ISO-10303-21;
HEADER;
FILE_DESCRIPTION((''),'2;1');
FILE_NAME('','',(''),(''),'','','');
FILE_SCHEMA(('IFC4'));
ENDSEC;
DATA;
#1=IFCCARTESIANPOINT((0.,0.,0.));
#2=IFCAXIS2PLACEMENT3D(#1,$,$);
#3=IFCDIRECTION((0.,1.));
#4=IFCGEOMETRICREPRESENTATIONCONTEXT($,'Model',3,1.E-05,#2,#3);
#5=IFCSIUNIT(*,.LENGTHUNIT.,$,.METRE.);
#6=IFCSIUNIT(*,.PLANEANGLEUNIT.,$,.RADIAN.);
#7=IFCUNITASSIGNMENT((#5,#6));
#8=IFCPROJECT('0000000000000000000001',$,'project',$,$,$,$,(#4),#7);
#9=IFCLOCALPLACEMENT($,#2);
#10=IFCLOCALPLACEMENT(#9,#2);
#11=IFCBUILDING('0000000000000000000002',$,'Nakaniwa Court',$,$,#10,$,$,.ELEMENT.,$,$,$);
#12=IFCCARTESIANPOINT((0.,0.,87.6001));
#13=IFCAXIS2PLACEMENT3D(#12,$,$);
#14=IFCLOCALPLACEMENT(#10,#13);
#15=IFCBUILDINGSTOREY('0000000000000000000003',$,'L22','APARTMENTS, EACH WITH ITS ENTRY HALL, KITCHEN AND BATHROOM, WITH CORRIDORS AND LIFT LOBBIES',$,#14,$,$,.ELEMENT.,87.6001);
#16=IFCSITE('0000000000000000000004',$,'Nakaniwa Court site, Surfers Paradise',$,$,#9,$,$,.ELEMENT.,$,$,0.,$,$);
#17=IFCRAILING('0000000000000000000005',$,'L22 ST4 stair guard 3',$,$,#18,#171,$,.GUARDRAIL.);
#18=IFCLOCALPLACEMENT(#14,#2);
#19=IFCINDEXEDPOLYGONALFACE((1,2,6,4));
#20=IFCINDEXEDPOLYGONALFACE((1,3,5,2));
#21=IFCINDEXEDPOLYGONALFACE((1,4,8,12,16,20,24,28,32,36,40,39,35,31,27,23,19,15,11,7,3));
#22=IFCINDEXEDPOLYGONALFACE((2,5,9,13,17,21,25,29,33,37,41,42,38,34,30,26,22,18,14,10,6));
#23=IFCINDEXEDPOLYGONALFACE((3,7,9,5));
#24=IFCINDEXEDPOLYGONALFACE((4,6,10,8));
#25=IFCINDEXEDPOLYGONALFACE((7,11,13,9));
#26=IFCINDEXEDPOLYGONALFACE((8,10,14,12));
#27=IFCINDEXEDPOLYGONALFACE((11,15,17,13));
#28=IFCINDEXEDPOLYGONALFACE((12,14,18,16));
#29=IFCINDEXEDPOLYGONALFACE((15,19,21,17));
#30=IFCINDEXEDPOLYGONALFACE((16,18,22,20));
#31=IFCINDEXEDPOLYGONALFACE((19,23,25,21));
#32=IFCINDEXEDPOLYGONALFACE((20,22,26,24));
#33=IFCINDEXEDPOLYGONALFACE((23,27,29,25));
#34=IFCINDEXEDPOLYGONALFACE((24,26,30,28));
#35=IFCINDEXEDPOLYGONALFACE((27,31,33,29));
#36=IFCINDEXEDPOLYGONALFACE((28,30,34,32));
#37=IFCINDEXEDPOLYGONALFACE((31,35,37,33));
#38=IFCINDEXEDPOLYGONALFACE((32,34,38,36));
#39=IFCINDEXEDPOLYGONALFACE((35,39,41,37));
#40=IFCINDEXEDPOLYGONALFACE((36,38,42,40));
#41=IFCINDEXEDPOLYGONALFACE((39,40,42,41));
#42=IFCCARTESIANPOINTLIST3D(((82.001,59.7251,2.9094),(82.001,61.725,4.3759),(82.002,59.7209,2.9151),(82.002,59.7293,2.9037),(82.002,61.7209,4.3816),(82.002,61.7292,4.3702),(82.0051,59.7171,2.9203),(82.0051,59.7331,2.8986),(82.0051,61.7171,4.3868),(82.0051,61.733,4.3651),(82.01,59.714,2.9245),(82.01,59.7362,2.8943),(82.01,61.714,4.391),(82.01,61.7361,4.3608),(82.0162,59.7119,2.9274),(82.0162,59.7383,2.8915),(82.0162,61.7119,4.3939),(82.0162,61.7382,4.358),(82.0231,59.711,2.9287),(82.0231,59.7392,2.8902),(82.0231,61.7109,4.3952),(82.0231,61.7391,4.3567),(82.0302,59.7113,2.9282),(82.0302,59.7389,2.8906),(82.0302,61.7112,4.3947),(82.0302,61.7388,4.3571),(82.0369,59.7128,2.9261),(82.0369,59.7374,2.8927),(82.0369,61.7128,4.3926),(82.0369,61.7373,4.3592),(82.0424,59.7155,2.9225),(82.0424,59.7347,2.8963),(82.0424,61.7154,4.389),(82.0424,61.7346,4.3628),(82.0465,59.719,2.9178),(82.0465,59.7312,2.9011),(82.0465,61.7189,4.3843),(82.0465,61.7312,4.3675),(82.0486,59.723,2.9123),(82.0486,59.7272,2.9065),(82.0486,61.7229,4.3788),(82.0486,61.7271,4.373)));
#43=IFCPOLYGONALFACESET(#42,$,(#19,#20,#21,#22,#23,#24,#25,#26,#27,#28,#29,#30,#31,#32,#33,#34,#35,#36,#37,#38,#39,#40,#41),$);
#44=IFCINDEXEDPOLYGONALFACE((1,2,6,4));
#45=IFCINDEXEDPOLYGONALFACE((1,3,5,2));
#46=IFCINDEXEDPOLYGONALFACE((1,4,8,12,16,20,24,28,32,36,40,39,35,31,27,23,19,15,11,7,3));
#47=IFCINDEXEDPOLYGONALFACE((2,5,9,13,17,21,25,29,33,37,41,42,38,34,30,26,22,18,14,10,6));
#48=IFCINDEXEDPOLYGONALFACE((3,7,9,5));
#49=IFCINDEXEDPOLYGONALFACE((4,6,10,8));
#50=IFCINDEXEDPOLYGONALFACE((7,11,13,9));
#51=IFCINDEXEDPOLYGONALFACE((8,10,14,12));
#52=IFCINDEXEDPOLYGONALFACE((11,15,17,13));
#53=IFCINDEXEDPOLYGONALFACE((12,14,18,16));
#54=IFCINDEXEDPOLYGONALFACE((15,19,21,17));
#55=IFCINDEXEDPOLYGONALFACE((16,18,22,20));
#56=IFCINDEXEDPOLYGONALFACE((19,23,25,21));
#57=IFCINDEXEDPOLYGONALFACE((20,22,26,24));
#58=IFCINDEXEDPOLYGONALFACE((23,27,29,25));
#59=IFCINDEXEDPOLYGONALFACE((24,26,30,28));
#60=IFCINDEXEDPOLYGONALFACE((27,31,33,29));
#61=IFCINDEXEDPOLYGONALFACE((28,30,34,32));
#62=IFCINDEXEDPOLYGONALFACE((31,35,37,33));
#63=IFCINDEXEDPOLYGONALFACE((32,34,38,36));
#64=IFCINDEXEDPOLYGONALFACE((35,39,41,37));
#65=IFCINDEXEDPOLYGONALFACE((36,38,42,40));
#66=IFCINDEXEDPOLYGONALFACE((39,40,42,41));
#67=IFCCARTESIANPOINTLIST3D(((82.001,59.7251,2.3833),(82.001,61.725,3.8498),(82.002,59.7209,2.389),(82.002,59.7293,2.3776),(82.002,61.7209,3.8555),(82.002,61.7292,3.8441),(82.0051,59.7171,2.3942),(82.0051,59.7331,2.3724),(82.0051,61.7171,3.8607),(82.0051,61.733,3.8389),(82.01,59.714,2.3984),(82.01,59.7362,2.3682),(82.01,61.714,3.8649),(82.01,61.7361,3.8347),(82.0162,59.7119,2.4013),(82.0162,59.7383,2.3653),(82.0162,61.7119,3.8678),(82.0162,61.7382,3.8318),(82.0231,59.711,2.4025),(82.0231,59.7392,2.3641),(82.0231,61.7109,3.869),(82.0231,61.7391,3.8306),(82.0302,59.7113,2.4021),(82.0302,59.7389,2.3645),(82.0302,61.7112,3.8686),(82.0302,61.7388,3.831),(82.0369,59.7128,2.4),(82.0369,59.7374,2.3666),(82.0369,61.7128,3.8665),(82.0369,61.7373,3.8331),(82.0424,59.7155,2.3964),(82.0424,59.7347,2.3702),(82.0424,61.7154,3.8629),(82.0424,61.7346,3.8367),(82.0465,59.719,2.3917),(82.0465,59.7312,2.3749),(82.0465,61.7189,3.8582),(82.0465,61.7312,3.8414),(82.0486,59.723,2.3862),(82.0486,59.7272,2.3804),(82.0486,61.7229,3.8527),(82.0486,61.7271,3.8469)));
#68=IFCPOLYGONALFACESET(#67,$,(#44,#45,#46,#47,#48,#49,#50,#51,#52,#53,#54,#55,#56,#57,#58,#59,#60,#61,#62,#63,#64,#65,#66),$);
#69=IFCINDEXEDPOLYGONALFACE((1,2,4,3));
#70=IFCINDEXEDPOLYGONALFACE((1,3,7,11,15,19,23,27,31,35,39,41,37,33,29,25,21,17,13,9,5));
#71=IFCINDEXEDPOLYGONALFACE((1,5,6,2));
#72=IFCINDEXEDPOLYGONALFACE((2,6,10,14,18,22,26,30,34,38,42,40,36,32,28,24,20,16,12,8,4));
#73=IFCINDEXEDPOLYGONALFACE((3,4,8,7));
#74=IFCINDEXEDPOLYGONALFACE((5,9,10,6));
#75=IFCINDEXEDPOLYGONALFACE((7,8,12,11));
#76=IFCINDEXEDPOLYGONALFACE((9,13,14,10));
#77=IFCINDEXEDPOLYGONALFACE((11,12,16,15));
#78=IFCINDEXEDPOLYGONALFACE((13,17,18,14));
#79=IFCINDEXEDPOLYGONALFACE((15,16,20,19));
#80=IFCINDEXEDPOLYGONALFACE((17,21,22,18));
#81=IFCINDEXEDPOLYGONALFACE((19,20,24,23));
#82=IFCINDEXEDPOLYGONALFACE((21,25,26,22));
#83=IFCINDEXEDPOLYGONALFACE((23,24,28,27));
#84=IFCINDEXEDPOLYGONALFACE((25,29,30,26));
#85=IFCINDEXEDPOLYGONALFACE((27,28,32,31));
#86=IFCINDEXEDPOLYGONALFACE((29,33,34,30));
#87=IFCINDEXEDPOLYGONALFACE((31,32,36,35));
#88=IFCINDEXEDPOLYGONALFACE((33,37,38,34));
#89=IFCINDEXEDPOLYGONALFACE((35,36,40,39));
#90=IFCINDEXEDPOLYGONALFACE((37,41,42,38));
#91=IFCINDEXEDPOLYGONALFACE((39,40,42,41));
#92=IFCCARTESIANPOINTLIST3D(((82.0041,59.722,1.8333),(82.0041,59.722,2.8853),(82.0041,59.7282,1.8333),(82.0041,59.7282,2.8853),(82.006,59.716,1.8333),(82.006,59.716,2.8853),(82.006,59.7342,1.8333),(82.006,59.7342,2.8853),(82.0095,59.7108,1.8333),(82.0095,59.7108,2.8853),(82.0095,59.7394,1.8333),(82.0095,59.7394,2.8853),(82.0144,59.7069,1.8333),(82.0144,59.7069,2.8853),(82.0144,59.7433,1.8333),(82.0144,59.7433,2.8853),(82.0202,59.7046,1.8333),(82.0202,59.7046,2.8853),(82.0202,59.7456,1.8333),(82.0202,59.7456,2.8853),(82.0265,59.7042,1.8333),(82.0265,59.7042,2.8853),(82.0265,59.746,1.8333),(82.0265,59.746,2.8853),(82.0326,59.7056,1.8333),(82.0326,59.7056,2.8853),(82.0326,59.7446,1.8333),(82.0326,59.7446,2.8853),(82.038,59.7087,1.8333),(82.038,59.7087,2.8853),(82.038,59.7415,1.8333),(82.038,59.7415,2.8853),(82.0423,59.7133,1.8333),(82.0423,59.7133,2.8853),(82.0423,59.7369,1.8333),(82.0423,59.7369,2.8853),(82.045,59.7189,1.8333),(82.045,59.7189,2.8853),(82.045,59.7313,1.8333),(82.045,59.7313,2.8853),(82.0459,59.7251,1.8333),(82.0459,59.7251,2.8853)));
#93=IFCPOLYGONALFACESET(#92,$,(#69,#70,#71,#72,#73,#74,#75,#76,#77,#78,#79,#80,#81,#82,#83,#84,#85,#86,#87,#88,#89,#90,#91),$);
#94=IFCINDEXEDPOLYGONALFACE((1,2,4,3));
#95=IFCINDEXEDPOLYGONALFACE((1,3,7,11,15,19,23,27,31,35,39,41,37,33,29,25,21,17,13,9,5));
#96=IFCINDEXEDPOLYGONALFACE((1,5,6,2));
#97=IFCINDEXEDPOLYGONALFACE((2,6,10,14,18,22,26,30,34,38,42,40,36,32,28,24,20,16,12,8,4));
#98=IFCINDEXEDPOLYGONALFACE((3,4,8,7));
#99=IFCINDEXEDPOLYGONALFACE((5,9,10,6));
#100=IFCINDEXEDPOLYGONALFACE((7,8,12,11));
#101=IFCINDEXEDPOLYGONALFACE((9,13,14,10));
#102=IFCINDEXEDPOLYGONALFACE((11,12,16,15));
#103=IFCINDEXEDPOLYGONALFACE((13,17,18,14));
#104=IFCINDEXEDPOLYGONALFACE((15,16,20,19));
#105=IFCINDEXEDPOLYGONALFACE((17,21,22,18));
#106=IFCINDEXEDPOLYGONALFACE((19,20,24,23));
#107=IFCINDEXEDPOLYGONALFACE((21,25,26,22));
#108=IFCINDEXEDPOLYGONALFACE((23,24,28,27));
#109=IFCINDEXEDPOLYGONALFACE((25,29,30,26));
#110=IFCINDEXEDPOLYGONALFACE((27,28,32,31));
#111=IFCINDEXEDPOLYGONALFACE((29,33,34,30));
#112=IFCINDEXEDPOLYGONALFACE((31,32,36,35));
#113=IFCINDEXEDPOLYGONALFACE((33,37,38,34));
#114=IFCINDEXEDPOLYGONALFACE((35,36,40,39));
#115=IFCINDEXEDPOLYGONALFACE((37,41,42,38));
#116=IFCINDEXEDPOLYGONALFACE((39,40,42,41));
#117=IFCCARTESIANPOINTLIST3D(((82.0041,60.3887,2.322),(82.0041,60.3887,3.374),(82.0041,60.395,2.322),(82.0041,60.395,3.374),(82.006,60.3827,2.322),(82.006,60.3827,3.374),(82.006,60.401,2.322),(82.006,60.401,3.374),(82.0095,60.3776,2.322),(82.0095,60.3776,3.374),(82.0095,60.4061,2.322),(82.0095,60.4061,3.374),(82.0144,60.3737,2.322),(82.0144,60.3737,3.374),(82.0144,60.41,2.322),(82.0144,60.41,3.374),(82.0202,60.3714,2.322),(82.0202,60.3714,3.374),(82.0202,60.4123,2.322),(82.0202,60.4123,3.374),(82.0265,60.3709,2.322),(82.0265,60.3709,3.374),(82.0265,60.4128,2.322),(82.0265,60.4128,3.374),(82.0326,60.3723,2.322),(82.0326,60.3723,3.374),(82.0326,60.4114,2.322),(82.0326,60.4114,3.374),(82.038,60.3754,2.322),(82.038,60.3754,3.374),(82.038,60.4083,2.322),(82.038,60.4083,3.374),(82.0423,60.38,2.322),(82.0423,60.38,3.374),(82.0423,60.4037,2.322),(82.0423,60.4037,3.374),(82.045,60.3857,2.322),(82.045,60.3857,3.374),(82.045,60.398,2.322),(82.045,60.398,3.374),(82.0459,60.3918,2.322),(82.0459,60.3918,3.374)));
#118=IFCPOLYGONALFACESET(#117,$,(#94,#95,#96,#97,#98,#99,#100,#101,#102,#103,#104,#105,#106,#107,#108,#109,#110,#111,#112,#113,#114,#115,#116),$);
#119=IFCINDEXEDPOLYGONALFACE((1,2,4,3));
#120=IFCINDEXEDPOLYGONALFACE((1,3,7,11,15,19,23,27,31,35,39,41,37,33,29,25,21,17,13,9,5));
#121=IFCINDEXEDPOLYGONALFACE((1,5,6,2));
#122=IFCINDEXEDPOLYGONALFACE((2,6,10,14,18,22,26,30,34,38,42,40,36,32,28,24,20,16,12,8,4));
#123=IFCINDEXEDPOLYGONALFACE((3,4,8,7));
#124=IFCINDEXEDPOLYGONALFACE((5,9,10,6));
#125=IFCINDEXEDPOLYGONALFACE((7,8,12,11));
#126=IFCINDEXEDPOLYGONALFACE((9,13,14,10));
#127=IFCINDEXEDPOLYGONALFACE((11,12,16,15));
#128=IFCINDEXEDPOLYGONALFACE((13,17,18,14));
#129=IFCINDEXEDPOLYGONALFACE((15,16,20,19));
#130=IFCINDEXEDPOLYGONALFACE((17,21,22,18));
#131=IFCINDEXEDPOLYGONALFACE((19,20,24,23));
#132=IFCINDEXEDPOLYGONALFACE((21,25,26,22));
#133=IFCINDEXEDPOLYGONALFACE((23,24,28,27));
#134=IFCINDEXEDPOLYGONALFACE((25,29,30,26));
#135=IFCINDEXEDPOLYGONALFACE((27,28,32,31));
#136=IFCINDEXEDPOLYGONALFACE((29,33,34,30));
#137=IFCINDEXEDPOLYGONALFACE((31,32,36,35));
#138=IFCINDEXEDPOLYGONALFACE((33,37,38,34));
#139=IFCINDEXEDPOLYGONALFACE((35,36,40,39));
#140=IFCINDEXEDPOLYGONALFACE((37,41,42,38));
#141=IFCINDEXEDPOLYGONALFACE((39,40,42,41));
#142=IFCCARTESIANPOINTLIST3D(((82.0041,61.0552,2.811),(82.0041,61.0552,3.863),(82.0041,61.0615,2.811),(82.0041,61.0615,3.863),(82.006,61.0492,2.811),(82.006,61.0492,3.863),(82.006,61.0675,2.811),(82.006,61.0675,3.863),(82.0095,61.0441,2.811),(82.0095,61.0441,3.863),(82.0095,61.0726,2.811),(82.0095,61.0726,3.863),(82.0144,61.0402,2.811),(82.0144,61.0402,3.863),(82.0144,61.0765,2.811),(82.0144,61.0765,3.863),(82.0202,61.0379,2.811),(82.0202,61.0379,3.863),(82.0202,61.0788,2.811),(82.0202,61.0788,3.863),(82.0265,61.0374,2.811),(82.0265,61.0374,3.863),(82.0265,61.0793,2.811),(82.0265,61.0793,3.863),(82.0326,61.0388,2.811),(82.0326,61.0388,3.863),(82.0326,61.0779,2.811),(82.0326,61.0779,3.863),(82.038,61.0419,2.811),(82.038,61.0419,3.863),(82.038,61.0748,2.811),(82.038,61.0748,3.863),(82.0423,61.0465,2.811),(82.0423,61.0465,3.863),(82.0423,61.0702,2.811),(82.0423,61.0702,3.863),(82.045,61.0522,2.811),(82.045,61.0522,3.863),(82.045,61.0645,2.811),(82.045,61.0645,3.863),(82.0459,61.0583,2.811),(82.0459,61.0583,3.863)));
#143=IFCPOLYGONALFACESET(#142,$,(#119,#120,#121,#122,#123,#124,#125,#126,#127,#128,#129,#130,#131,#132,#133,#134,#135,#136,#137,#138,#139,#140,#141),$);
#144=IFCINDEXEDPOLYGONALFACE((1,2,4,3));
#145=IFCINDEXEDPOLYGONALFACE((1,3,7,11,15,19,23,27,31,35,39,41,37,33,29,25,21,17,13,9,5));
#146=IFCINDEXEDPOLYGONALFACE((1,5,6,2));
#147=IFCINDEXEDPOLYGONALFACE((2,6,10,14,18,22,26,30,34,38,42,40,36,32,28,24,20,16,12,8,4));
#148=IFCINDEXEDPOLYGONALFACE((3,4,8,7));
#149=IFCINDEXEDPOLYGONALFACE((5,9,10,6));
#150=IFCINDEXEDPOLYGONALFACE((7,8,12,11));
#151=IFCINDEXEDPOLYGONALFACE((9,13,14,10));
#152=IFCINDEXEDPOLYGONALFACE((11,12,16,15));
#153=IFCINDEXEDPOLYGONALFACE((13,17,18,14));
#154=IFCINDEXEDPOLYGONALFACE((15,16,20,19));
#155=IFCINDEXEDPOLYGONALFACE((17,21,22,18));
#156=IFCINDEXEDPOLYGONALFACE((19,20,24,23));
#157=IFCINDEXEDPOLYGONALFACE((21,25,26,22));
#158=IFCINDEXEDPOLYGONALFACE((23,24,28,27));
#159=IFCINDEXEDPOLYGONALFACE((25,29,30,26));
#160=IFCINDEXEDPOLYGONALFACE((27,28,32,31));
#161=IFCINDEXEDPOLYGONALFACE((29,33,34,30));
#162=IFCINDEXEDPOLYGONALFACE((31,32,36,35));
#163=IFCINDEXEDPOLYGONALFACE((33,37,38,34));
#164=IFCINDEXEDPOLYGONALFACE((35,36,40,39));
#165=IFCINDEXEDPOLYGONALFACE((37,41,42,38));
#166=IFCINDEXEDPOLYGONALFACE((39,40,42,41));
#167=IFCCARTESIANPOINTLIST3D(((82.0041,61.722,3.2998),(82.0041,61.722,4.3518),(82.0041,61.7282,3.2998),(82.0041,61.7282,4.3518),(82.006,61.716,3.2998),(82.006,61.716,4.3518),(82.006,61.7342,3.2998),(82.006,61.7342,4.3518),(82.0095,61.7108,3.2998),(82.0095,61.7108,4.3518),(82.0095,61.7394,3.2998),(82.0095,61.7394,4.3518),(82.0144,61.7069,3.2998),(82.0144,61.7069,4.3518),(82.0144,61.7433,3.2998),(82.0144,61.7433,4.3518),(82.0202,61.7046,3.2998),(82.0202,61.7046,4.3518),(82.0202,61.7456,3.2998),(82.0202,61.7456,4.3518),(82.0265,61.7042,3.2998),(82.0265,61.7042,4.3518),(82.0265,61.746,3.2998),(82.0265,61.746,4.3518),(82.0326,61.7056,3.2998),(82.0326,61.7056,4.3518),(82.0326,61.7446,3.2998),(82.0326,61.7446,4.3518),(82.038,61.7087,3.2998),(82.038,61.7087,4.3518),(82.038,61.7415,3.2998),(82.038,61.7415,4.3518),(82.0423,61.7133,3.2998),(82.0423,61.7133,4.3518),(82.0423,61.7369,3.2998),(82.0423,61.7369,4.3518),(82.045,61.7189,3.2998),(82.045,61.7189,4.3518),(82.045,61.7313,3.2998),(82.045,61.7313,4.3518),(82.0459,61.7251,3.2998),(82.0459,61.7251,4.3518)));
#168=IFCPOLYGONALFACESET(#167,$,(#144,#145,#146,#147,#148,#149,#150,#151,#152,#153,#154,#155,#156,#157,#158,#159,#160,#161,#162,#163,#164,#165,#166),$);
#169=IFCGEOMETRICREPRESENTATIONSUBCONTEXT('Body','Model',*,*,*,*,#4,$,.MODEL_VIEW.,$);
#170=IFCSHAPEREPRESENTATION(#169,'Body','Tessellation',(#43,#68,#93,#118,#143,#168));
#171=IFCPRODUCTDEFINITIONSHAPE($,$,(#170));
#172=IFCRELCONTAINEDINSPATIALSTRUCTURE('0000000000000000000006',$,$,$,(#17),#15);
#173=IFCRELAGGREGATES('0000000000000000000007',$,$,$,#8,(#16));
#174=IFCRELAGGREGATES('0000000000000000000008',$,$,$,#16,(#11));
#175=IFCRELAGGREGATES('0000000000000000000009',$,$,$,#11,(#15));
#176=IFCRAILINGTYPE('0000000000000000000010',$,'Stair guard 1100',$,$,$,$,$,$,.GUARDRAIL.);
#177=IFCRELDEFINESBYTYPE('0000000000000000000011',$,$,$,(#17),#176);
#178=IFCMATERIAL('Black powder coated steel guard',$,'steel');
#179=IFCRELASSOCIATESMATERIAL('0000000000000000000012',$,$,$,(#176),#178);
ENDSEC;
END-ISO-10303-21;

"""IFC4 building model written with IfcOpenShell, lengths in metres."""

from ifc_helpers import new_model, si_unit, direction, frame, origin, origin_2d, place, context, subcontext, project, spatial, circle, extrude, material, type_object, element, save


model = new_model("IFC4")

# Units and contexts
model_context = context("Model", 3, precision=1e-05, world=origin(), true_north=direction((0.0, 1.0)))
body_context = subcontext(model_context, "Body", "Model", "MODEL_VIEW")
ifc_project = project(units=[si_unit("LENGTHUNIT", "METRE"), si_unit("PLANEANGLEUNIT", "RADIAN")], contexts=[model_context])

# Site, building, storey
site_placement = place(None, origin())
site = spatial("IfcSite", under=ifc_project, at=site_placement, Name="Nakaniwa Court site, Surfers Paradise", CompositionType="ELEMENT", RefElevation=0.0)
building_placement = place(site_placement, origin())
building = spatial("IfcBuilding", under=site, at=building_placement, Name="Nakaniwa Court", CompositionType="ELEMENT")
storey_placement = place(building_placement, frame((0.0, 0.0, 87.6001)))
storey = spatial("IfcBuildingStorey", under=building, at=storey_placement, Name="L22", Description="APARTMENTS, EACH WITH ITS ENTRY HALL, KITCHEN AND BATHROOM, WITH CORRIDORS AND LIFT LOBBIES", CompositionType="ELEMENT", Elevation=87.6001)

# Railing
ifc_material_1 = material(Name="Black powder coated steel guard", Category="steel")
railing_type_1 = type_object("IfcRailingType", Name="Stair guard 1100", PredefinedType="GUARDRAIL", material=ifc_material_1)
railing_1_placement = place(storey_placement, frame((82.0249, 59.7251, 1.8333)))
element("IfcRailing", 1, at=railing_1_placement, inside=storey, type_object=railing_type_1, Name="L22 ST4 stair guard 3", PredefinedType="GUARDRAIL", context=body_context, shape_type="SweptSolid", body=[
    extrude(circle(Radius=0.0239, at=origin_2d()), frame((0.0, 0.0, 1.0762), z_axis=(0.0, 0.806427, 0.591334), x_axis=(-1.0, 0.0, 0.0)), (0.0, 0.0, 1.0), 2.48),
    extrude(circle(Radius=0.0239, at=origin_2d()), frame((0.0, 0.0, 0.55), z_axis=(0.0, 0.806427, 0.591334), x_axis=(-1.0, 0.0, 0.0)), (0.0, 0.0, 1.0), 2.48),
    extrude(circle(Radius=0.021, at=origin_2d()), origin(), (0.0, 0.0, 1.0), 1.052),
    extrude(circle(Radius=0.021, at=origin_2d()), frame((0.0, 0.6667, 0.4888)), (0.0, 0.0, 1.0), 1.052),
    extrude(circle(Radius=0.021, at=origin_2d()), frame((0.0, 1.3333, 0.9778)), (0.0, 0.0, 1.0), 1.052),
    extrude(circle(Radius=0.021, at=origin_2d()), frame((0.0, 2.0, 1.4666)), (0.0, 0.0, 1.0), 1.052),
])

save(model, "model.ifc")
